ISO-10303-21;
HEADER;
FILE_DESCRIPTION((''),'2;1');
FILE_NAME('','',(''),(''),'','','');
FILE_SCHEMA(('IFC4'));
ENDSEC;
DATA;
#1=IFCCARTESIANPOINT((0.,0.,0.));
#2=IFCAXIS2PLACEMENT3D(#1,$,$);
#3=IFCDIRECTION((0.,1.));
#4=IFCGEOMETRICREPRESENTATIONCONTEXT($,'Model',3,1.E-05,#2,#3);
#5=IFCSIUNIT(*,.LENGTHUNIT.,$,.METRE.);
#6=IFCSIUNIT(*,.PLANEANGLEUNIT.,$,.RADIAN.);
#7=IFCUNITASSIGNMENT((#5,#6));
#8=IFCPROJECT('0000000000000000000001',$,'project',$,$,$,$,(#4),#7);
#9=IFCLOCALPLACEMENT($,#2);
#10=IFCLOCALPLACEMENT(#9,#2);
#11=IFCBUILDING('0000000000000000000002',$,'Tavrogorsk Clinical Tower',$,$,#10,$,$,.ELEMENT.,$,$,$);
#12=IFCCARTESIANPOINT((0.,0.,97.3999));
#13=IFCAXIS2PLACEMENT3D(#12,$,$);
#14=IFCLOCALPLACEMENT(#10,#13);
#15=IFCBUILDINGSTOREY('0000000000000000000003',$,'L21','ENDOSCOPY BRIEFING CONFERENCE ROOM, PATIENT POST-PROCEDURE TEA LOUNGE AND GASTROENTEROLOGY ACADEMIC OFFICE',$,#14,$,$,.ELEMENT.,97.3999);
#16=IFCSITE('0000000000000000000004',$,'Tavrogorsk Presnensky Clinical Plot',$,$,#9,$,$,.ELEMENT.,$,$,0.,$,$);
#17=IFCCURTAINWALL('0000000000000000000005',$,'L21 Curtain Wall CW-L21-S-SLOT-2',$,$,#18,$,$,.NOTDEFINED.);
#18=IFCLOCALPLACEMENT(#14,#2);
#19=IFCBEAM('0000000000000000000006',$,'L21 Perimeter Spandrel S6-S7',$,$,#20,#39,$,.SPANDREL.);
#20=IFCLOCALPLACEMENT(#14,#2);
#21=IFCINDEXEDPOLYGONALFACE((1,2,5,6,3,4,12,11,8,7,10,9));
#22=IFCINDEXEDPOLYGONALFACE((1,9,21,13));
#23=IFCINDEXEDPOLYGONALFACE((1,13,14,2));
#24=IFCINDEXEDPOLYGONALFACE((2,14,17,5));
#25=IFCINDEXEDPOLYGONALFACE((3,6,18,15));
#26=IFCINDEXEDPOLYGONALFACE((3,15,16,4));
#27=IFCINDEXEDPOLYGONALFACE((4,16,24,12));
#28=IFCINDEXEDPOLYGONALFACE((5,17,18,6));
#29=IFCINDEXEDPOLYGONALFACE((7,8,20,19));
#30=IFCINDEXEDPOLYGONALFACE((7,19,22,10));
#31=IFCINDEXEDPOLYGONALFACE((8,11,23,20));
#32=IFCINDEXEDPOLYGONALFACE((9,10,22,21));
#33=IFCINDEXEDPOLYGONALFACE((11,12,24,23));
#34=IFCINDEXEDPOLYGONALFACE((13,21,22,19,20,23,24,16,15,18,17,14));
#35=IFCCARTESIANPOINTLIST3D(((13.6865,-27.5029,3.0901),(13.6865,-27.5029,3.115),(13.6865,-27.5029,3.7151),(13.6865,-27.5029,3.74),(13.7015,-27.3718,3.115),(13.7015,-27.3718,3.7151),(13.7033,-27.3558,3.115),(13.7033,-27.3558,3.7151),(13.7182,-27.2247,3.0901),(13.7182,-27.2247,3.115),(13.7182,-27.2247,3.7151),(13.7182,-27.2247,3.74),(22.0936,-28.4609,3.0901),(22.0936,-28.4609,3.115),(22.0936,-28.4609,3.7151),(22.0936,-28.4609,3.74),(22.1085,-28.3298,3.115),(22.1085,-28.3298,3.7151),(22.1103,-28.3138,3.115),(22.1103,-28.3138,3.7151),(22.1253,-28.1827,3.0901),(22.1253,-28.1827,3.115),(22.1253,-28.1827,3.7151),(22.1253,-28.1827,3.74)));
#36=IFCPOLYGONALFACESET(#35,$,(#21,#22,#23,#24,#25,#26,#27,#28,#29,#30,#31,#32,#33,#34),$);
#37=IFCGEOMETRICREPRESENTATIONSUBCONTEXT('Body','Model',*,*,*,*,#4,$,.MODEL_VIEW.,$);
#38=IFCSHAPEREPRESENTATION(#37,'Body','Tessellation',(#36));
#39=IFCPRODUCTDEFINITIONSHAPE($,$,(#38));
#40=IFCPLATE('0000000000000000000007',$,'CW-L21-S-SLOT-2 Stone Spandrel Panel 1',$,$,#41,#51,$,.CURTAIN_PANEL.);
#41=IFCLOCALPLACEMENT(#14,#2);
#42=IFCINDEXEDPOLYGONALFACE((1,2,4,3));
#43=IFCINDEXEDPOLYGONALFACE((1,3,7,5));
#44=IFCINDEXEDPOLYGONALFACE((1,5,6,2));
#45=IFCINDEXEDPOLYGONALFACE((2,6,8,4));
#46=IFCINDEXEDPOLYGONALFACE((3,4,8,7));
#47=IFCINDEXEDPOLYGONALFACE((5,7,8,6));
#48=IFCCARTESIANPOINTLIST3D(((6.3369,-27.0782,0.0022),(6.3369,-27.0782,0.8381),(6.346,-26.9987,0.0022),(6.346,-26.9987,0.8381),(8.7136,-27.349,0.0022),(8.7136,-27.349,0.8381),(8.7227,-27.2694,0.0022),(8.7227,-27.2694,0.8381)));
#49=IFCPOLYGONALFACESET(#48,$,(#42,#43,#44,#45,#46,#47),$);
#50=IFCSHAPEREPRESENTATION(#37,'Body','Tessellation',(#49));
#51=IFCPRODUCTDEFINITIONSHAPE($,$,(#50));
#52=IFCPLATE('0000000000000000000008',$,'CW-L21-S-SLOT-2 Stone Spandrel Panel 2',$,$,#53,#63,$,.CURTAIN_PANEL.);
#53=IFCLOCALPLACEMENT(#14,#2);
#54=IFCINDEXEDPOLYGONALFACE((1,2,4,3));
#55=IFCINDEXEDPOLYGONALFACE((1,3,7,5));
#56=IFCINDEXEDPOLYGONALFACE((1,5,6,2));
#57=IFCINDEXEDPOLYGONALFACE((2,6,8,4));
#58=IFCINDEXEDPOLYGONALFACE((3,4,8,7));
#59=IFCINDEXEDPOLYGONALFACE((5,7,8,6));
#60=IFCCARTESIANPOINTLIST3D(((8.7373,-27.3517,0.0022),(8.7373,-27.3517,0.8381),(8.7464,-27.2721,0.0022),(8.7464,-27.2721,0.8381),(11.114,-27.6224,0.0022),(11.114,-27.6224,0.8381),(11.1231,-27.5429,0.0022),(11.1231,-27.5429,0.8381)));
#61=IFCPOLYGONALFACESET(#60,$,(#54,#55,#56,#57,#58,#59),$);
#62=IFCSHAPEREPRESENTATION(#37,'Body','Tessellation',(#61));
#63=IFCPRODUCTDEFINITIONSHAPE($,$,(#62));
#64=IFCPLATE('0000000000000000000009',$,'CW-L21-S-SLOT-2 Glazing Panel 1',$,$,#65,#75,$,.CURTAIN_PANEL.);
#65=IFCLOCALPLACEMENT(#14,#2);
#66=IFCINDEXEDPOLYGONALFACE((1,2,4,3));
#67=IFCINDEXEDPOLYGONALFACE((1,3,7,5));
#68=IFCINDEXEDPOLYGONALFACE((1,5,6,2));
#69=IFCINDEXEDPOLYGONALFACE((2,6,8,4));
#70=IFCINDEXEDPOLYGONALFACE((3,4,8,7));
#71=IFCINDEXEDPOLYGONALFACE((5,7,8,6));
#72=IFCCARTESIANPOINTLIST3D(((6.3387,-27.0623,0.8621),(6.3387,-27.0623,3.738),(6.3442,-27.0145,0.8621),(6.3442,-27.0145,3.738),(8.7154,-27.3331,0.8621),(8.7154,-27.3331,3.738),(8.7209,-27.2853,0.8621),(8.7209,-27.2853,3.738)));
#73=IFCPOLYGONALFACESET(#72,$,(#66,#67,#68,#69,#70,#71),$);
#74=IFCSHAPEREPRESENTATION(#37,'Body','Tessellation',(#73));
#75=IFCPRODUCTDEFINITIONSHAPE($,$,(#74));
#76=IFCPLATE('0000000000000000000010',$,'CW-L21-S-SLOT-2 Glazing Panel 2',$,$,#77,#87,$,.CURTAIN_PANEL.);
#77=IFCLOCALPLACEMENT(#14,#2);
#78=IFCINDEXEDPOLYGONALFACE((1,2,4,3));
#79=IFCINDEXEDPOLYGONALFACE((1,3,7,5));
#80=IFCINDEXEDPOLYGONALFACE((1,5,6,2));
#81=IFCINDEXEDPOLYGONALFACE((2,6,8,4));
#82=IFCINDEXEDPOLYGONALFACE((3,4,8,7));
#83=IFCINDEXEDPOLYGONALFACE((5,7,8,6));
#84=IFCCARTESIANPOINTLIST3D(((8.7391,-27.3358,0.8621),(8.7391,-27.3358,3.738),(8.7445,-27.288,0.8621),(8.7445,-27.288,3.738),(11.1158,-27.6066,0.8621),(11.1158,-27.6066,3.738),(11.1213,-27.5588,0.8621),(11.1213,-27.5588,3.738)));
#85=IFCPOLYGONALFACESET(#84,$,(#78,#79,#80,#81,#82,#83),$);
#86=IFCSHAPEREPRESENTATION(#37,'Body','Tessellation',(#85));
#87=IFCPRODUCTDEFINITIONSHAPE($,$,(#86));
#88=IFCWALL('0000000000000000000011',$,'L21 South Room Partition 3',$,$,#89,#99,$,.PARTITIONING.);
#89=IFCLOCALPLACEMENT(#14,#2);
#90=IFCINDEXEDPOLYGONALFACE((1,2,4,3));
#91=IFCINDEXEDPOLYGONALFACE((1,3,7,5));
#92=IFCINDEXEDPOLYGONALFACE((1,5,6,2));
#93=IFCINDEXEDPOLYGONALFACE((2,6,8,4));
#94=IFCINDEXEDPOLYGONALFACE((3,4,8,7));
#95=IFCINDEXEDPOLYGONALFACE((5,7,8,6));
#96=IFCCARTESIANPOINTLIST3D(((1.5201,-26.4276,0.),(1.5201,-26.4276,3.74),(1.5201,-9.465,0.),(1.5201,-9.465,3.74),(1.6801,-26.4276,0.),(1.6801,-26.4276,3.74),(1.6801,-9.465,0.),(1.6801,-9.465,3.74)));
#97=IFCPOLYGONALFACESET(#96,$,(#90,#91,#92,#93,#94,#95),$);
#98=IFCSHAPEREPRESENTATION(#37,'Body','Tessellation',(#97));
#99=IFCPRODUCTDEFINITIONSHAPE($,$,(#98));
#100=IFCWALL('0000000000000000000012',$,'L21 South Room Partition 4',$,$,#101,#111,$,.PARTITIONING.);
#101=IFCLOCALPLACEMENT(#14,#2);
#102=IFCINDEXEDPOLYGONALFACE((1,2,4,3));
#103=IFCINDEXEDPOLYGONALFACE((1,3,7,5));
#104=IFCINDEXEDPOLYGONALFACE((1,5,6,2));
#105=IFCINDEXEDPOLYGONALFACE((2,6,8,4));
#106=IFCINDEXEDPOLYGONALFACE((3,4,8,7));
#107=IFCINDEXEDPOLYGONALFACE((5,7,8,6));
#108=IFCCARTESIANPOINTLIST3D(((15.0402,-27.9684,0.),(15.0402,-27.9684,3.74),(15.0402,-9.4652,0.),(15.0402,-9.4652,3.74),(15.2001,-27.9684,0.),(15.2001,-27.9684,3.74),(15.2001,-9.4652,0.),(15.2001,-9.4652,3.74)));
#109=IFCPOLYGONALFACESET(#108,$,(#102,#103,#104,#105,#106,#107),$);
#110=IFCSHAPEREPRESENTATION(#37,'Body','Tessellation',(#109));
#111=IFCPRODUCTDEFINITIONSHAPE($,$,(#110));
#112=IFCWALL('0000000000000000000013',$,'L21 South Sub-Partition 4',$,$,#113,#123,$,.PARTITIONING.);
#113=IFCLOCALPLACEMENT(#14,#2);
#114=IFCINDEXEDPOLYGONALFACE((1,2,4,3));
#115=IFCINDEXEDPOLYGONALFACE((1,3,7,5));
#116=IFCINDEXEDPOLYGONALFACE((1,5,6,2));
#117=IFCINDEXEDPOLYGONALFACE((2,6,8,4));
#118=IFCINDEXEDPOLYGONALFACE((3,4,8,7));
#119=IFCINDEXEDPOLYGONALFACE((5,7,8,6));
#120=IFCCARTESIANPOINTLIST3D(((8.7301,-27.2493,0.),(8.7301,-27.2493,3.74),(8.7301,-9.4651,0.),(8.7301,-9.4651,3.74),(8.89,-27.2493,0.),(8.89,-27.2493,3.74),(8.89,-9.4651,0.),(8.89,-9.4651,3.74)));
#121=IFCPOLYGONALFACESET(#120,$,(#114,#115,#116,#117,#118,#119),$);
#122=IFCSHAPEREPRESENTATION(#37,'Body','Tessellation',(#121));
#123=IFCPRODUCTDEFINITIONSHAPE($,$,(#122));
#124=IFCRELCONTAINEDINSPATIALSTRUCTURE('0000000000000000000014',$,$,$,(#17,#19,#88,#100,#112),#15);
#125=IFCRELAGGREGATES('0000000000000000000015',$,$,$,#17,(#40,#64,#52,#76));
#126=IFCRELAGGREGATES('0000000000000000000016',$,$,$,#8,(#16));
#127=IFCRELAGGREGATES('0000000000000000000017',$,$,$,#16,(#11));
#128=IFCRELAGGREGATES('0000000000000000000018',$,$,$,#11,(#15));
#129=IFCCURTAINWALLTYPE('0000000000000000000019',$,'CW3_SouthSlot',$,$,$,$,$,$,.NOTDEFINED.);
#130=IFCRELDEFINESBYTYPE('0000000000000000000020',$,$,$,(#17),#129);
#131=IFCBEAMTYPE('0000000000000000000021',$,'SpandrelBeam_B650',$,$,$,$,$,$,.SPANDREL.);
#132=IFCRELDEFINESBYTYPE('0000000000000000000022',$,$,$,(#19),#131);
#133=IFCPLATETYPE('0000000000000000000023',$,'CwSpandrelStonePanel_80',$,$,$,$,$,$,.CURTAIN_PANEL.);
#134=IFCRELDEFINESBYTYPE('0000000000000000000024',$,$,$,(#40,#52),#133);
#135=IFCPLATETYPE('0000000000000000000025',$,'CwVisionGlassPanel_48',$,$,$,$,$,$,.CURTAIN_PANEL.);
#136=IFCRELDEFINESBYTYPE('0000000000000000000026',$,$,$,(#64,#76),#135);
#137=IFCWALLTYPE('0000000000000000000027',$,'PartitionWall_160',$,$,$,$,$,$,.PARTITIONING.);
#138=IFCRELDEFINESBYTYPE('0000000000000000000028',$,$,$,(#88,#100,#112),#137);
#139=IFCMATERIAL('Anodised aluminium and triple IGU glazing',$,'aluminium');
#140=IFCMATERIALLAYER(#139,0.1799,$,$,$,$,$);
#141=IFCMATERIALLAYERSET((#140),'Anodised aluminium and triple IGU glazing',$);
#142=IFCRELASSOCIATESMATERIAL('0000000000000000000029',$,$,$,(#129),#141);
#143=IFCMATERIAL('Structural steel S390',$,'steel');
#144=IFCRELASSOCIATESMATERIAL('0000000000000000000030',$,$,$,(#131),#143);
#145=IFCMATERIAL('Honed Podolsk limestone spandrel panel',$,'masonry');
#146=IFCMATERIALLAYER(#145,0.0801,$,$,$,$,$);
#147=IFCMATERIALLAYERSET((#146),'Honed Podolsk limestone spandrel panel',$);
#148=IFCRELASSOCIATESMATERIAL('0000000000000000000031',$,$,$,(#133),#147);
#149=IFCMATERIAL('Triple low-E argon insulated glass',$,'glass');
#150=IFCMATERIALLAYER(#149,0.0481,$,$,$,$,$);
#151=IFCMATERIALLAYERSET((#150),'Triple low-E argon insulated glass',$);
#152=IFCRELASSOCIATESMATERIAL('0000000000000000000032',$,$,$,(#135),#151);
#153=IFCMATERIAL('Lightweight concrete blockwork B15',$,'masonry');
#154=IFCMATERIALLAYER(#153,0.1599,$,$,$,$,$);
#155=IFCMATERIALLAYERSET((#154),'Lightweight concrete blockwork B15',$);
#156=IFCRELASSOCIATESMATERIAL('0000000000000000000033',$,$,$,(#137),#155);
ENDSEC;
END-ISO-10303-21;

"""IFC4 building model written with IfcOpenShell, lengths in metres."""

from ifc_helpers import new_model, si_unit, direction, frame, frame_2d, origin, origin_2d, place, context, subcontext, project, spatial, rectangle, i_section, extrude, material, layer, layer_set, material_profile, profile_set, type_object, element, aggregate, save


model = new_model("IFC4")

# Units and contexts
model_context = context("Model", 3, precision=1e-05, world=origin(), true_north=direction((0.0, 1.0)))
body_context = subcontext(model_context, "Body", "Model", "MODEL_VIEW")
ifc_project = project(units=[si_unit("LENGTHUNIT", "METRE"), si_unit("PLANEANGLEUNIT", "RADIAN")], contexts=[model_context])

# Site, building, storey
site_placement = place(None, origin())
site = spatial("IfcSite", under=ifc_project, at=site_placement, Name="Tavrogorsk Presnensky Clinical Plot", CompositionType="ELEMENT", RefElevation=0.0)
building_placement = place(site_placement, origin())
building = spatial("IfcBuilding", under=site, at=building_placement, Name="Tavrogorsk Clinical Tower", CompositionType="ELEMENT")
storey_placement = place(building_placement, frame((0.0, 0.0, 97.3999)))
storey = spatial("IfcBuildingStorey", under=building, at=storey_placement, Name="L21", Description="ENDOSCOPY BRIEFING CONFERENCE ROOM, PATIENT POST-PROCEDURE TEA LOUNGE AND GASTROENTEROLOGY ACADEMIC OFFICE", CompositionType="ELEMENT", Elevation=97.3999)

# Curtain wall
ifc_material_1 = material(Name="Anodised aluminium and triple IGU glazing", Category="aluminium")
ifc_layer_1 = layer(ifc_material_1, 0.1799)
ifc_layer_set_1 = layer_set([ifc_layer_1], Name="Anodised aluminium and triple IGU glazing")
curtain_wall_type = type_object("IfcCurtainWallType", Name="CW3_SouthSlot", PredefinedType="NOTDEFINED", material=ifc_layer_set_1)
curtain_wall_placement = place(storey_placement, origin())
curtain_wall = element("IfcCurtainWall", 1, at=curtain_wall_placement, inside=storey, type_object=curtain_wall_type, Name="L21 Curtain Wall CW-L21-S-SLOT-2", PredefinedType="NOTDEFINED")

# Beam
ifc_material_2 = material(Name="Structural steel S390", Category="steel")
ifc_material_profile_1 = material_profile(ifc_material_2, i_section(OverallWidth=0.28, OverallDepth=0.6499, WebThickness=0.0161, FlangeThickness=0.0249, at=origin_2d()), Name="B-650x280x16x25")
ifc_profile_set_1 = profile_set([ifc_material_profile_1], Name="Structural steel S390")
beam_type = type_object("IfcBeamType", Name="SpandrelBeam_B650", PredefinedType="SPANDREL", material=ifc_profile_set_1)
for number, where, z_axis, x_axis, name in (
    (2, (13.7024, -27.3638, 3.415), (0.99357, -0.113221, 0.0), (0.113221, 0.99357, 0.0), "L21 Perimeter Spandrel S6-S7"),
):
    element("IfcBeam", number, at=place(storey_placement, frame(where, z_axis=z_axis, x_axis=x_axis)), inside=storey, type_object=beam_type, Name=name, PredefinedType="SPANDREL", context=body_context, shape_type="SweptSolid", body=[
        extrude(i_section(OverallWidth=0.28, OverallDepth=0.6499, WebThickness=0.0161, FlangeThickness=0.0249, at=origin_2d()), origin(), (0.0, 0.0, 1.0), 8.4614),
    ])

# Plates
ifc_material_3 = material(Name="Honed Podolsk limestone spandrel panel", Category="masonry")
ifc_layer_2 = layer(ifc_material_3, 0.0801)
ifc_layer_set_2 = layer_set([ifc_layer_2], Name="Honed Podolsk limestone spandrel panel")
plate_type_1 = type_object("IfcPlateType", Name="CwSpandrelStonePanel_80", PredefinedType="CURTAIN_PANEL", material=ifc_layer_set_2)
plate_1_placement = place(storey_placement, frame((7.5298, -27.1738, 0.0022), z_axis=(0.0, 0.0, 1.0), x_axis=(0.993572, -0.113203, 0.0)))
plate_1 = element("IfcPlate", 3, at=plate_1_placement, type_object=plate_type_1, Name="CW-L21-S-SLOT-2 Stone Spandrel Panel 1", PredefinedType="CURTAIN_PANEL", context=body_context, shape_type="SweptSolid", body=[
    extrude(rectangle(XDim=2.3921, YDim=0.0801, at=origin_2d()), origin(), (0.0, 0.0, 1.0), 0.8359),
])
plate_2_placement = place(storey_placement, frame((9.9302, -27.4473, 0.0022), z_axis=(0.0, 0.0, 1.0), x_axis=(0.993572, -0.113203, 0.0)))
plate_2 = element("IfcPlate", 4, at=plate_2_placement, type_object=plate_type_1, Name="CW-L21-S-SLOT-2 Stone Spandrel Panel 2", PredefinedType="CURTAIN_PANEL", context=body_context, shape_type="SweptSolid", body=[
    extrude(rectangle(XDim=2.3921, YDim=0.0801, at=origin_2d()), origin(), (0.0, 0.0, 1.0), 0.8359),
])
ifc_material_4 = material(Name="Triple low-E argon insulated glass", Category="glass")
ifc_layer_3 = layer(ifc_material_4, 0.0481)
ifc_layer_set_3 = layer_set([ifc_layer_3], Name="Triple low-E argon insulated glass")
plate_type_2 = type_object("IfcPlateType", Name="CwVisionGlassPanel_48", PredefinedType="CURTAIN_PANEL", material=ifc_layer_set_3)
plate_3_placement = place(storey_placement, frame((7.5298, -27.1738, 0.8621), z_axis=(0.0, 0.0, 1.0), x_axis=(0.993572, -0.113203, 0.0)))
plate_3 = element("IfcPlate", 5, at=plate_3_placement, type_object=plate_type_2, Name="CW-L21-S-SLOT-2 Glazing Panel 1", PredefinedType="CURTAIN_PANEL", context=body_context, shape_type="SweptSolid", body=[
    extrude(rectangle(XDim=2.3921, YDim=0.0481, at=origin_2d()), origin(), (0.0, 0.0, 1.0), 2.876),
])
plate_4_placement = place(storey_placement, frame((9.9302, -27.4473, 0.8621), z_axis=(0.0, 0.0, 1.0), x_axis=(0.993572, -0.113203, 0.0)))
plate_4 = element("IfcPlate", 6, at=plate_4_placement, type_object=plate_type_2, Name="CW-L21-S-SLOT-2 Glazing Panel 2", PredefinedType="CURTAIN_PANEL", context=body_context, shape_type="SweptSolid", body=[
    extrude(rectangle(XDim=2.3921, YDim=0.0481, at=origin_2d()), origin(), (0.0, 0.0, 1.0), 2.876),
])
aggregate(curtain_wall, [plate_1, plate_3, plate_2, plate_4])

# Walls
ifc_material_5 = material(Name="Lightweight concrete blockwork B15", Category="masonry")
ifc_layer_4 = layer(ifc_material_5, 0.1599)
ifc_layer_set_4 = layer_set([ifc_layer_4], Name="Lightweight concrete blockwork B15")
wall_type_1 = type_object("IfcWallType", Name="PartitionWall_160", PredefinedType="PARTITIONING", material=ifc_layer_set_4)
wall_1_placement = place(storey_placement, frame((1.6001, -26.4277, 0.0), z_axis=(0.0, 0.0, 1.0), x_axis=(0.0, 1.0, 0.0)))
element("IfcWall", 7, at=wall_1_placement, inside=storey, type_object=wall_type_1, Name="L21 South Room Partition 3", PredefinedType="PARTITIONING", context=body_context, shape_type="SweptSolid", body=[
    extrude(rectangle(XDim=16.9626, YDim=0.1599, at=frame_2d((8.4814, 0.0))), origin(), (0.0, 0.0, 1.0), 3.74),
])
wall_2_placement = place(storey_placement, frame((15.1201, -27.9683, 0.0), z_axis=(0.0, 0.0, 1.0), x_axis=(0.0, 1.0, 0.0)))
element("IfcWall", 8, at=wall_2_placement, inside=storey, type_object=wall_type_1, Name="L21 South Room Partition 4", PredefinedType="PARTITIONING", context=body_context, shape_type="SweptSolid", body=[
    extrude(rectangle(XDim=18.5032, YDim=0.1599, at=frame_2d((9.2515, 0.0))), origin(), (0.0, 0.0, 1.0), 3.74),
])
wall_3_placement = place(storey_placement, frame((8.8101, -27.2493, 0.0), z_axis=(0.0, 0.0, 1.0), x_axis=(0.0, 1.0, 0.0)))
element("IfcWall", 9, at=wall_3_placement, inside=storey, type_object=wall_type_1, Name="L21 South Sub-Partition 4", PredefinedType="PARTITIONING", context=body_context, shape_type="SweptSolid", body=[
    extrude(rectangle(XDim=17.7842, YDim=0.1599, at=frame_2d((8.8921, 0.0))), origin(), (0.0, 0.0, 1.0), 3.74),
])

save(model, "model.ifc")
